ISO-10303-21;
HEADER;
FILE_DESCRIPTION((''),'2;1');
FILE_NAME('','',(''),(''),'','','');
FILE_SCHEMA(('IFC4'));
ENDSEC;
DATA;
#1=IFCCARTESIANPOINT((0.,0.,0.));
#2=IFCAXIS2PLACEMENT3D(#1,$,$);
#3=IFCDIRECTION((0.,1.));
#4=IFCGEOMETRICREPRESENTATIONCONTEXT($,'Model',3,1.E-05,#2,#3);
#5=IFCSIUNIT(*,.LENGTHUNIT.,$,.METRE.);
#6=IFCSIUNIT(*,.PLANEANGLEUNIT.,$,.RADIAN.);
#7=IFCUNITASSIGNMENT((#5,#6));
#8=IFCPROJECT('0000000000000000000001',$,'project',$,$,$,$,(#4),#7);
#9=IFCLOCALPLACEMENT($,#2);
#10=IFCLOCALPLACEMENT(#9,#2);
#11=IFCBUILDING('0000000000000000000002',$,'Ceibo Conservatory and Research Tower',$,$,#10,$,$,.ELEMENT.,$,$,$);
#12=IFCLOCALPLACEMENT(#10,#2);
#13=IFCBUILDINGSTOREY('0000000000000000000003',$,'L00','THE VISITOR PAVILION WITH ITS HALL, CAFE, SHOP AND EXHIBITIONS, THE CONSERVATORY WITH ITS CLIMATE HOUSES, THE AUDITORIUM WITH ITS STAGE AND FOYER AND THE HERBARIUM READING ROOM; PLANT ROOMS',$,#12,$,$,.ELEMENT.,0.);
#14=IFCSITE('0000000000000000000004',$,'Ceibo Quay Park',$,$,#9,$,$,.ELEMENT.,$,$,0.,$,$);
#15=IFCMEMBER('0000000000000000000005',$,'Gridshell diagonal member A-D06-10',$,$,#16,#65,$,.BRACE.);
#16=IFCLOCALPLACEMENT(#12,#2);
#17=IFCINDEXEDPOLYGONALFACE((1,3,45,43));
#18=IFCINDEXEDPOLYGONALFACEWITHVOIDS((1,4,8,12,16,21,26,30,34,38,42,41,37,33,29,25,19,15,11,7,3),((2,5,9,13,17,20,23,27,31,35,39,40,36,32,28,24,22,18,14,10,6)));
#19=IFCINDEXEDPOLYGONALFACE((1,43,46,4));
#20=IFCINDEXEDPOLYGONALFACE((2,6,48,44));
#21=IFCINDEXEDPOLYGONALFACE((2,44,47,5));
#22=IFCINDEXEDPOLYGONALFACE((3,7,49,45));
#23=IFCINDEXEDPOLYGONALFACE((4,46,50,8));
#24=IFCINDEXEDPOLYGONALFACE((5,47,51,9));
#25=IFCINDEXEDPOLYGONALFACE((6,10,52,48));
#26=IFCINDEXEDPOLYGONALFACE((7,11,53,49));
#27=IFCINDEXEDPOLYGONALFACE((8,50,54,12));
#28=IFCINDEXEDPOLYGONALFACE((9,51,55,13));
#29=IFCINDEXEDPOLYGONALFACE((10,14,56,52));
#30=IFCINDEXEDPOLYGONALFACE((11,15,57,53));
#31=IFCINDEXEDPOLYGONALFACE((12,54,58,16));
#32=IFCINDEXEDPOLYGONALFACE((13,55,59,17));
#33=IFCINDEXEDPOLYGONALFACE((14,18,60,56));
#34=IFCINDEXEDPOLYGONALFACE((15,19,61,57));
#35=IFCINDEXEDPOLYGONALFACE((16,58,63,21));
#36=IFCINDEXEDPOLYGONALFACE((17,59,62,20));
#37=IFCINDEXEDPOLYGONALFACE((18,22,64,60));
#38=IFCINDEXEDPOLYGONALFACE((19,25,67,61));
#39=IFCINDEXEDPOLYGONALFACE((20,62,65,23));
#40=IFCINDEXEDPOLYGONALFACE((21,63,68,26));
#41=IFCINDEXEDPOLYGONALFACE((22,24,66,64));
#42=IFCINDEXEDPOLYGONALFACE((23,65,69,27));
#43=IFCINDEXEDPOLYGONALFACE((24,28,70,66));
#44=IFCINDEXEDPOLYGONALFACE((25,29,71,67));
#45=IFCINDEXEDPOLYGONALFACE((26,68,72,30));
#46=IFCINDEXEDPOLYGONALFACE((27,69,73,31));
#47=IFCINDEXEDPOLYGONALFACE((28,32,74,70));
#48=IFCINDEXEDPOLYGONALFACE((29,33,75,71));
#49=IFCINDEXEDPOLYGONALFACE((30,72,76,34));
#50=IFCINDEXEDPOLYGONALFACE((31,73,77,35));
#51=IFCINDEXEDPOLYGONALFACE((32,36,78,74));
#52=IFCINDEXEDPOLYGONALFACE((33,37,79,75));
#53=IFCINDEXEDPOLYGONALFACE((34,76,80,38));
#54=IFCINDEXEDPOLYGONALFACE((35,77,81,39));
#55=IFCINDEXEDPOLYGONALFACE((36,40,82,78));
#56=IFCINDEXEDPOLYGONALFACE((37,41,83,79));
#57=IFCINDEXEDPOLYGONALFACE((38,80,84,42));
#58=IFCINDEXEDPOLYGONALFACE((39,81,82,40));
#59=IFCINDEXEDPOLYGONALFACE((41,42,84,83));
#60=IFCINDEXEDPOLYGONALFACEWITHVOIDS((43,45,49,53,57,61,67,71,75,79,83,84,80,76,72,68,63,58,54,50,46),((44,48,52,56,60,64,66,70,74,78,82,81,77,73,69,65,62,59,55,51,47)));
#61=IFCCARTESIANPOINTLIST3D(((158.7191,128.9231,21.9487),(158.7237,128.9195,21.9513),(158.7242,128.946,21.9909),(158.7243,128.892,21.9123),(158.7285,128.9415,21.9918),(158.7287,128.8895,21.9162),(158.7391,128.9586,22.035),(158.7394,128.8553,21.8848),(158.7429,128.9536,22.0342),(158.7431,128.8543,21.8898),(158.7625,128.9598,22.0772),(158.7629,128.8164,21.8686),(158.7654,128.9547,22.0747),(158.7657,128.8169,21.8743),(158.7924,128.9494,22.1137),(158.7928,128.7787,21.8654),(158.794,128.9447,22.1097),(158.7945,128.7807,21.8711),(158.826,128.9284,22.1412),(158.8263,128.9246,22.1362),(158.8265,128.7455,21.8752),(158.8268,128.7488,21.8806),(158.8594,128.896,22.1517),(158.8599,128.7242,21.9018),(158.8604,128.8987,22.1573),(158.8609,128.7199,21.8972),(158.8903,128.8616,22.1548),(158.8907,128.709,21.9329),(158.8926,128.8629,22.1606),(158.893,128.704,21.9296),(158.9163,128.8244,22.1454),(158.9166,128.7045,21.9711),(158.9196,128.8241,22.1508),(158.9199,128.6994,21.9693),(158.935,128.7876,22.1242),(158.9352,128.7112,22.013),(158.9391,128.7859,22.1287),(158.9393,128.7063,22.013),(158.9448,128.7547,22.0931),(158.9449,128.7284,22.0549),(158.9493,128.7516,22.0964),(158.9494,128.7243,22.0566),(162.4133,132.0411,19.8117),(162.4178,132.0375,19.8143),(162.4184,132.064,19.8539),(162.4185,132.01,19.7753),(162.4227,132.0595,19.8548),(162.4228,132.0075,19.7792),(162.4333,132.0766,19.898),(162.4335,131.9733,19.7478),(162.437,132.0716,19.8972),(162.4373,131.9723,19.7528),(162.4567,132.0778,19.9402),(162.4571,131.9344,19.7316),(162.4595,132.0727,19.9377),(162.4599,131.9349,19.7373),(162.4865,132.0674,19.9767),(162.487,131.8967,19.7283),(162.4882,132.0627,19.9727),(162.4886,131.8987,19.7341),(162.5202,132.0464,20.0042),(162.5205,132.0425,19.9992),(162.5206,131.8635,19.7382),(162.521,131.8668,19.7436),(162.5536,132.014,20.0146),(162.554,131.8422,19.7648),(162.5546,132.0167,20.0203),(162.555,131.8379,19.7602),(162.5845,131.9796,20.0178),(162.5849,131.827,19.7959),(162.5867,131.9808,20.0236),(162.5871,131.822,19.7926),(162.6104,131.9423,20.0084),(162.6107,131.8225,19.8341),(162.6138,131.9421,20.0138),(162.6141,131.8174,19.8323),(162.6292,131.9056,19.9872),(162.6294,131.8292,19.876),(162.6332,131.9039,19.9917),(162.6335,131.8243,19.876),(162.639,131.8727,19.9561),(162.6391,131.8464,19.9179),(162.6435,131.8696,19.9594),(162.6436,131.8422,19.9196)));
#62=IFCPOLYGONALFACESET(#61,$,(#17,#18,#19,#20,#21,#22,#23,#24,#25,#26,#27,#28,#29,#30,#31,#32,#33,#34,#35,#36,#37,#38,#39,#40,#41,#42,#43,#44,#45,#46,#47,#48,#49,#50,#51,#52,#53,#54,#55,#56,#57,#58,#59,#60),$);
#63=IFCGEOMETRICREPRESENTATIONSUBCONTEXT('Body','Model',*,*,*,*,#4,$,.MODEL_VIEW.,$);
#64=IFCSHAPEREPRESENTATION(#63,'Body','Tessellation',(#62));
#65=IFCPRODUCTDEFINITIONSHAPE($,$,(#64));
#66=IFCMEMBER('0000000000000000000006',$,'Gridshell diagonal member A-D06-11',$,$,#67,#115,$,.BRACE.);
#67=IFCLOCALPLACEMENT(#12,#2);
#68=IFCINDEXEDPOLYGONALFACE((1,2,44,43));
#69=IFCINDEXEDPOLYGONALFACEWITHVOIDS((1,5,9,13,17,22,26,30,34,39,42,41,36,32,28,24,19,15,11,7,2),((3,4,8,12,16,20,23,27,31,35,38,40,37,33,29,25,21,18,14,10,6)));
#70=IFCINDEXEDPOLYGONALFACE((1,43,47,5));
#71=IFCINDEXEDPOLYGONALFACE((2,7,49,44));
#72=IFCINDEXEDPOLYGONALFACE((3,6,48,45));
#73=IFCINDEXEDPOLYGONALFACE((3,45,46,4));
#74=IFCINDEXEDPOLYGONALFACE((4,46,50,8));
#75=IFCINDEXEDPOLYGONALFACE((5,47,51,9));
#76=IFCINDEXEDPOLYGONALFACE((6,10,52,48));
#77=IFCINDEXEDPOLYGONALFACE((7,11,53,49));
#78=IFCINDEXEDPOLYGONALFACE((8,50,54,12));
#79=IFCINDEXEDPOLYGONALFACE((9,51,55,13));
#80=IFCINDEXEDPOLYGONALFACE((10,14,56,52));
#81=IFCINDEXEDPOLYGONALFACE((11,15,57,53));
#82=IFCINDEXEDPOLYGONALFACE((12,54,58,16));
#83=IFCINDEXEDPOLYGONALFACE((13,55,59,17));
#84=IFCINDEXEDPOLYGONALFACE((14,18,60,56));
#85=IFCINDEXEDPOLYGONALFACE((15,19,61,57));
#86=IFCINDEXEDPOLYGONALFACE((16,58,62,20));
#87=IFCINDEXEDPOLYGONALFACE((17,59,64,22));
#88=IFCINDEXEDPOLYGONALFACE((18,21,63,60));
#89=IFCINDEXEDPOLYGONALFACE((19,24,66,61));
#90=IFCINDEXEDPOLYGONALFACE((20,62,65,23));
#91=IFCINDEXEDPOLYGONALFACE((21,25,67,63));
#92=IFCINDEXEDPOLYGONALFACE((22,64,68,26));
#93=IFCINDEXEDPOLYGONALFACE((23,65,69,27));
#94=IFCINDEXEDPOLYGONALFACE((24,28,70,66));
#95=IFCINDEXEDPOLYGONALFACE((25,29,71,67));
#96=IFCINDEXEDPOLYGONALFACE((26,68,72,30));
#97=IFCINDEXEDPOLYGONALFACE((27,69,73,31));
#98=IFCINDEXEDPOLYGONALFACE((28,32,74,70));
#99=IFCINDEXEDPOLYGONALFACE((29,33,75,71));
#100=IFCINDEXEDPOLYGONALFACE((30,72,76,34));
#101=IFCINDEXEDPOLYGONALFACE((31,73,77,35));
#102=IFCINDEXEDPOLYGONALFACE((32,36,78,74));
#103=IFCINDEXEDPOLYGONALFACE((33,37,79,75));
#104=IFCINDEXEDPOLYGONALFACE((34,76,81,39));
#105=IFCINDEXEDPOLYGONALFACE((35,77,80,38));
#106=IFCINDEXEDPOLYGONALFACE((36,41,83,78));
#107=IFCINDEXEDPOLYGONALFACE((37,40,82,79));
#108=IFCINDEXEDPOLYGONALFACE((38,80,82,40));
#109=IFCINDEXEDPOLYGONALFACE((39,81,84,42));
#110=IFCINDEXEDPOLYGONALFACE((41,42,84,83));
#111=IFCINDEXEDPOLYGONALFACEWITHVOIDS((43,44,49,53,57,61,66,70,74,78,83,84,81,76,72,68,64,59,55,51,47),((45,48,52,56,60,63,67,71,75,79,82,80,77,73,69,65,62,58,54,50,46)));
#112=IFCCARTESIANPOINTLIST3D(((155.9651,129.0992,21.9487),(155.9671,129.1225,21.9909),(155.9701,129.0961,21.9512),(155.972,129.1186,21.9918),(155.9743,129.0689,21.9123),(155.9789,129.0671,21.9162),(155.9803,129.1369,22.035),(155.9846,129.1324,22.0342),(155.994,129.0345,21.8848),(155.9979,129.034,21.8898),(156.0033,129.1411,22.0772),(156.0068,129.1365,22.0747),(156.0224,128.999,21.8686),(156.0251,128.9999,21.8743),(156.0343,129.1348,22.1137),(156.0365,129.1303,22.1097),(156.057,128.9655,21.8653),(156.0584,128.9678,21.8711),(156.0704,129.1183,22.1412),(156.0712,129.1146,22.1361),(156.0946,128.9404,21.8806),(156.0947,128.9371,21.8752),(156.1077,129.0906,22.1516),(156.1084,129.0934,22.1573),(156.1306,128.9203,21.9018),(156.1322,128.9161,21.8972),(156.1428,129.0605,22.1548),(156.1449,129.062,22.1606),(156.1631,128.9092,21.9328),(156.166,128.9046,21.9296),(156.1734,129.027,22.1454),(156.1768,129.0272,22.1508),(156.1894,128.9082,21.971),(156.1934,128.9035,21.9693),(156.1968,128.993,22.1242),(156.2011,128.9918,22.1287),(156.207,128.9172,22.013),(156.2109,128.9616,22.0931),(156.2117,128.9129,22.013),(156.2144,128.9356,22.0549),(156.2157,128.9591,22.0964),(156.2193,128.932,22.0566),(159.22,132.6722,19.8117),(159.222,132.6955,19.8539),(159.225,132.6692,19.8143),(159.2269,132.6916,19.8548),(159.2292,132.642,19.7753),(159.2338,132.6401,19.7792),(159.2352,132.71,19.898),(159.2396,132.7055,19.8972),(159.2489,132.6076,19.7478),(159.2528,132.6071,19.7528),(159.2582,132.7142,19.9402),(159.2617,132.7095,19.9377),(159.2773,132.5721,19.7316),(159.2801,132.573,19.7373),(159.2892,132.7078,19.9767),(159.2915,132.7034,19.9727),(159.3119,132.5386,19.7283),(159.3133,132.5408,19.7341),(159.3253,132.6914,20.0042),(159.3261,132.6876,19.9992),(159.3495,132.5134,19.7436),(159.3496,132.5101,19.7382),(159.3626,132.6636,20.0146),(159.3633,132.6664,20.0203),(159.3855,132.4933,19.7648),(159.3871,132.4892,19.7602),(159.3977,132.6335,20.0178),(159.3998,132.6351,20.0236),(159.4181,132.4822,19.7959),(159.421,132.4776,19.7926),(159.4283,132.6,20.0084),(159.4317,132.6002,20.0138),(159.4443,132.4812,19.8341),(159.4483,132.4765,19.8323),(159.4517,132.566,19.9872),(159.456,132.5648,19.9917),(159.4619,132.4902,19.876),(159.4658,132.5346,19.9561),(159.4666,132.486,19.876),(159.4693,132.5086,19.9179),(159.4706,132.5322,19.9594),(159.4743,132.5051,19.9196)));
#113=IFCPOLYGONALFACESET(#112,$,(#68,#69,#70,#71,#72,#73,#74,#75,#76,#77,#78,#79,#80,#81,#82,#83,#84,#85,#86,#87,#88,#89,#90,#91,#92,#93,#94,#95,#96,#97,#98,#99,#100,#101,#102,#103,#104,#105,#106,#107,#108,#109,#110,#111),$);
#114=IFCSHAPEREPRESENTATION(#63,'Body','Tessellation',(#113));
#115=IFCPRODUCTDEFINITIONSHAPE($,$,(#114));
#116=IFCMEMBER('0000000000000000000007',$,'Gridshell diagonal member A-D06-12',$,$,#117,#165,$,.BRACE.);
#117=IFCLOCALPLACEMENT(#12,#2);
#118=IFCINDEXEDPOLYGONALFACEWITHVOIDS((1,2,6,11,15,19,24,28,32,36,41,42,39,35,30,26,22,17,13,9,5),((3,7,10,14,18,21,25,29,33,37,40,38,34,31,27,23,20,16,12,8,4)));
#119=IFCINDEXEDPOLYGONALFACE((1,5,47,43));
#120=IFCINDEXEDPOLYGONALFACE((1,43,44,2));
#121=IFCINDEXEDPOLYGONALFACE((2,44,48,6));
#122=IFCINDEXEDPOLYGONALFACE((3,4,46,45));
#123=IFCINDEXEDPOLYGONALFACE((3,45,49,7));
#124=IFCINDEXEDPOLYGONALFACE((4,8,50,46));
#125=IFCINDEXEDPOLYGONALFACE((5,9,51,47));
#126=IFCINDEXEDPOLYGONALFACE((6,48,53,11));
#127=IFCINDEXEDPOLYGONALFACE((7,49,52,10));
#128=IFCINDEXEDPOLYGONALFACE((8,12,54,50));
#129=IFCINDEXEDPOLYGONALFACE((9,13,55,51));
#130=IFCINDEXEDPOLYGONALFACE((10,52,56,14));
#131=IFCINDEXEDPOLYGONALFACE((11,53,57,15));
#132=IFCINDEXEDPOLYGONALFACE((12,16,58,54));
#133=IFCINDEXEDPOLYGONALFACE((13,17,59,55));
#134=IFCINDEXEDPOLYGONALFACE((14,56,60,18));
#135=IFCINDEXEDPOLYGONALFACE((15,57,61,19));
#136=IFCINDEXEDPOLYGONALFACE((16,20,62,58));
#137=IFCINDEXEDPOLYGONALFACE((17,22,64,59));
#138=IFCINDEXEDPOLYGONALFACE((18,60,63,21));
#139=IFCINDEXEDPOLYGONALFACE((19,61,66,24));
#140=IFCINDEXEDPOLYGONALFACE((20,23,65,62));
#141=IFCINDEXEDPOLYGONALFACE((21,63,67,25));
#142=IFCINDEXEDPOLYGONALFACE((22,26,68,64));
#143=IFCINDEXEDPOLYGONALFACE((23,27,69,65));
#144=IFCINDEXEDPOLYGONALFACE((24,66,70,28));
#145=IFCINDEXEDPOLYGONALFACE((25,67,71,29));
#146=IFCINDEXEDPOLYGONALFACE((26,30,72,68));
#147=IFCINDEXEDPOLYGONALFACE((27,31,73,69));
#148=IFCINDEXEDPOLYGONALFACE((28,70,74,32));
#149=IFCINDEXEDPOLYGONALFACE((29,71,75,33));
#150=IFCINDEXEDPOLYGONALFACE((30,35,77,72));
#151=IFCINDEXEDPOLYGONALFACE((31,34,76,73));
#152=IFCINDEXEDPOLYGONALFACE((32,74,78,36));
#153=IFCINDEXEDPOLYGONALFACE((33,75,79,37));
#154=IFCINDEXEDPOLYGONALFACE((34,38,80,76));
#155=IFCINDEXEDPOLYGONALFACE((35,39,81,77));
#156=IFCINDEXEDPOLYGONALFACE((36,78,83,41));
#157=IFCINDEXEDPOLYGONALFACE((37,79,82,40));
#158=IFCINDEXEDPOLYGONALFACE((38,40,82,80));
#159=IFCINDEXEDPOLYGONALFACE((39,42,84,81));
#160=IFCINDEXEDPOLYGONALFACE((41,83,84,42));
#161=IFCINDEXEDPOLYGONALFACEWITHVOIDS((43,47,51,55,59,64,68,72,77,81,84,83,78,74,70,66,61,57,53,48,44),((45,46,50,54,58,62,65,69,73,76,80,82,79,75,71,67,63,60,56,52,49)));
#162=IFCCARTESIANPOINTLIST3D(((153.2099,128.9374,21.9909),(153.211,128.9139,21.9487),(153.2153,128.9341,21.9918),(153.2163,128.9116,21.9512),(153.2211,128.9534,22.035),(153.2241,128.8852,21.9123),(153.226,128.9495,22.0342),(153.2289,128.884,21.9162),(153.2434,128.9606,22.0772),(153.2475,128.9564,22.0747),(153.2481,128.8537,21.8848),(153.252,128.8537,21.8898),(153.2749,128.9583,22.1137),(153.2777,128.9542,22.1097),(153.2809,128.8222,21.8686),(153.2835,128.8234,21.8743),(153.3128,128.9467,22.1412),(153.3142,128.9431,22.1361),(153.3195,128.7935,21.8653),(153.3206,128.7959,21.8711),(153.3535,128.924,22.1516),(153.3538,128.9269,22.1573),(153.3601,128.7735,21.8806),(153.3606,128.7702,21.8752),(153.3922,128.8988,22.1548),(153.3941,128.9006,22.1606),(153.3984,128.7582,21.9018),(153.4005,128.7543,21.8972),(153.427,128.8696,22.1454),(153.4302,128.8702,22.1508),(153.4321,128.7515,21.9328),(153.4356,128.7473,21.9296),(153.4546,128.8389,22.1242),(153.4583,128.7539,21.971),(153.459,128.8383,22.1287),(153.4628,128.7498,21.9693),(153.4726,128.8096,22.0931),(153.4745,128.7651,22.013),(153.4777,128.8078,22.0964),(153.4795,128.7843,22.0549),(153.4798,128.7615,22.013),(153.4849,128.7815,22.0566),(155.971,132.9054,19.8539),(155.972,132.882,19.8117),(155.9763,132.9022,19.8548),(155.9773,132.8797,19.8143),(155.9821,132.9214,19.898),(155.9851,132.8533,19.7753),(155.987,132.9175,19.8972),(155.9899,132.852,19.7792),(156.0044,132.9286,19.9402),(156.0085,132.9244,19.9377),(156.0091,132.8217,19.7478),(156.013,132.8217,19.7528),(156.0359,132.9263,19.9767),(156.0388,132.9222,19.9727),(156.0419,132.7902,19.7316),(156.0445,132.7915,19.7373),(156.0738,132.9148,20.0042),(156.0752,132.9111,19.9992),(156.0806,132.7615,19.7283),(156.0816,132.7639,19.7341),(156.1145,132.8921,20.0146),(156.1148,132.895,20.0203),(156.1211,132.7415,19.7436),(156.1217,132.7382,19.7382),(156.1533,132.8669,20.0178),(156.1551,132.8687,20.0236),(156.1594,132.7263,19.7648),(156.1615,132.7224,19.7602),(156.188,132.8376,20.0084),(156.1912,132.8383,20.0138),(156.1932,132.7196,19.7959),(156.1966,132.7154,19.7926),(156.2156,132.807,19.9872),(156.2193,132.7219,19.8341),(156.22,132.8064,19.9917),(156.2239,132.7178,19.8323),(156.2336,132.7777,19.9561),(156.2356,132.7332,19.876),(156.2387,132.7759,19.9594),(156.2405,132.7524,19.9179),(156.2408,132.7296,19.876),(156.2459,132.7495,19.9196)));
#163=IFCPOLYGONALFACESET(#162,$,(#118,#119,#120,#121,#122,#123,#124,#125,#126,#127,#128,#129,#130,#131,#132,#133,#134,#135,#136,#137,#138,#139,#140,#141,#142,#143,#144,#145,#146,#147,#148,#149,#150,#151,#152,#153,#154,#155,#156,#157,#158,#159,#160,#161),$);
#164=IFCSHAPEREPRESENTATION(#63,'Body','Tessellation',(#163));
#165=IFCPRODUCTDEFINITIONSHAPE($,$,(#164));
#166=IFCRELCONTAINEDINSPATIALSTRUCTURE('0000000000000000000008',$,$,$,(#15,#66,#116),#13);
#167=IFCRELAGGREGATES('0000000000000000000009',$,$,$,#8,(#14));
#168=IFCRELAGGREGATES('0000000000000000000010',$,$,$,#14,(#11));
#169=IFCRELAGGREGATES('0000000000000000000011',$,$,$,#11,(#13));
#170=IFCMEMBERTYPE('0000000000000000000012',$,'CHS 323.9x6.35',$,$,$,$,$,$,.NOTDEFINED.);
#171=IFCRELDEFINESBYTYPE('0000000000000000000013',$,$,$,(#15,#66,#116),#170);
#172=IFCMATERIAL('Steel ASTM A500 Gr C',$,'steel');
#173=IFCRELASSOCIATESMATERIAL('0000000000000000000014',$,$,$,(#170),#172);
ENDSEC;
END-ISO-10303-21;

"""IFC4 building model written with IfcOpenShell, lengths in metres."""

from ifc_helpers import new_model, si_unit, direction, frame, origin, origin_2d, place, context, subcontext, project, spatial, hollow_circle, extrude, material, material_profile, profile_set, type_object, element, save


model = new_model("IFC4")

# Units and contexts
model_context = context("Model", 3, precision=1e-05, world=origin(), true_north=direction((0.0, 1.0)))
body_context = subcontext(model_context, "Body", "Model", "MODEL_VIEW")
ifc_project = project(units=[si_unit("LENGTHUNIT", "METRE"), si_unit("PLANEANGLEUNIT", "RADIAN")], contexts=[model_context])

# Site, building, storey
site_placement = place(None, origin())
site = spatial("IfcSite", under=ifc_project, at=site_placement, Name="Ceibo Quay Park", CompositionType="ELEMENT", RefElevation=0.0)
building_placement = place(site_placement, origin())
building = spatial("IfcBuilding", under=site, at=building_placement, Name="Ceibo Conservatory and Research Tower", CompositionType="ELEMENT")
storey_placement = place(building_placement, origin())
storey = spatial("IfcBuildingStorey", under=building, at=storey_placement, Name="L00", Description="THE VISITOR PAVILION WITH ITS HALL, CAFE, SHOP AND EXHIBITIONS, THE CONSERVATORY WITH ITS CLIMATE HOUSES, THE AUDITORIUM WITH ITS STAGE AND FOYER AND THE HERBARIUM READING ROOM; PLANT ROOMS", CompositionType="ELEMENT", Elevation=0.0)

# Members
ifc_material_1 = material(Name="Steel ASTM A500 Gr C", Category="steel")
ifc_material_profile_1 = material_profile(ifc_material_1, hollow_circle(Radius=0.1619, WallThickness=0.0063, at=origin_2d()), Name="CHS 323.9x6.35")
ifc_profile_set_1 = profile_set([ifc_material_profile_1], Name="Steel ASTM A500 Gr C")
member_type_1 = type_object("IfcMemberType", Name="CHS 323.9x6.35", PredefinedType="NOTDEFINED", material=ifc_profile_set_1)
member_1_placement = place(storey_placement, frame((162.5291, 131.948, 19.876), z_axis=(-0.698938, -0.589923, 0.404322), x_axis=(0.644995, -0.764186, 0.0)))
element("IfcMember", 1, at=member_1_placement, inside=storey, type_object=member_type_1, Name="Gridshell diagonal member A-D06-10", PredefinedType="BRACE", context=body_context, shape_type="SweptSolid", body=[
    extrude(hollow_circle(Radius=0.1619, WallThickness=0.0063, at=origin_2d()), origin(), (0.0, 0.0, 1.0), 5.2854),
])
member_2_placement = place(storey_placement, frame((159.3469, 132.595, 19.876), z_axis=(-0.615916, -0.676113, 0.404374), x_axis=(0.739249, -0.673432, 0.0)))
element("IfcMember", 2, at=member_2_placement, inside=storey, type_object=member_type_1, Name="Gridshell diagonal member A-D06-11", PredefinedType="BRACE", context=body_context, shape_type="SweptSolid", body=[
    extrude(hollow_circle(Radius=0.1619, WallThickness=0.0063, at=origin_2d()), origin(), (0.0, 0.0, 1.0), 5.2847),
])
member_3_placement = place(storey_placement, frame((156.1079, 132.822, 19.876), z_axis=(-0.522386, -0.750759, 0.404319), x_axis=(0.820844, -0.571152, 0.0)))
element("IfcMember", 3, at=member_3_placement, inside=storey, type_object=member_type_1, Name="Gridshell diagonal member A-D06-12", PredefinedType="BRACE", context=body_context, shape_type="SweptSolid", body=[
    extrude(hollow_circle(Radius=0.1619, WallThickness=0.0063, at=origin_2d()), origin(), (0.0, 0.0, 1.0), 5.2854),
])

save(model, "model.ifc")
